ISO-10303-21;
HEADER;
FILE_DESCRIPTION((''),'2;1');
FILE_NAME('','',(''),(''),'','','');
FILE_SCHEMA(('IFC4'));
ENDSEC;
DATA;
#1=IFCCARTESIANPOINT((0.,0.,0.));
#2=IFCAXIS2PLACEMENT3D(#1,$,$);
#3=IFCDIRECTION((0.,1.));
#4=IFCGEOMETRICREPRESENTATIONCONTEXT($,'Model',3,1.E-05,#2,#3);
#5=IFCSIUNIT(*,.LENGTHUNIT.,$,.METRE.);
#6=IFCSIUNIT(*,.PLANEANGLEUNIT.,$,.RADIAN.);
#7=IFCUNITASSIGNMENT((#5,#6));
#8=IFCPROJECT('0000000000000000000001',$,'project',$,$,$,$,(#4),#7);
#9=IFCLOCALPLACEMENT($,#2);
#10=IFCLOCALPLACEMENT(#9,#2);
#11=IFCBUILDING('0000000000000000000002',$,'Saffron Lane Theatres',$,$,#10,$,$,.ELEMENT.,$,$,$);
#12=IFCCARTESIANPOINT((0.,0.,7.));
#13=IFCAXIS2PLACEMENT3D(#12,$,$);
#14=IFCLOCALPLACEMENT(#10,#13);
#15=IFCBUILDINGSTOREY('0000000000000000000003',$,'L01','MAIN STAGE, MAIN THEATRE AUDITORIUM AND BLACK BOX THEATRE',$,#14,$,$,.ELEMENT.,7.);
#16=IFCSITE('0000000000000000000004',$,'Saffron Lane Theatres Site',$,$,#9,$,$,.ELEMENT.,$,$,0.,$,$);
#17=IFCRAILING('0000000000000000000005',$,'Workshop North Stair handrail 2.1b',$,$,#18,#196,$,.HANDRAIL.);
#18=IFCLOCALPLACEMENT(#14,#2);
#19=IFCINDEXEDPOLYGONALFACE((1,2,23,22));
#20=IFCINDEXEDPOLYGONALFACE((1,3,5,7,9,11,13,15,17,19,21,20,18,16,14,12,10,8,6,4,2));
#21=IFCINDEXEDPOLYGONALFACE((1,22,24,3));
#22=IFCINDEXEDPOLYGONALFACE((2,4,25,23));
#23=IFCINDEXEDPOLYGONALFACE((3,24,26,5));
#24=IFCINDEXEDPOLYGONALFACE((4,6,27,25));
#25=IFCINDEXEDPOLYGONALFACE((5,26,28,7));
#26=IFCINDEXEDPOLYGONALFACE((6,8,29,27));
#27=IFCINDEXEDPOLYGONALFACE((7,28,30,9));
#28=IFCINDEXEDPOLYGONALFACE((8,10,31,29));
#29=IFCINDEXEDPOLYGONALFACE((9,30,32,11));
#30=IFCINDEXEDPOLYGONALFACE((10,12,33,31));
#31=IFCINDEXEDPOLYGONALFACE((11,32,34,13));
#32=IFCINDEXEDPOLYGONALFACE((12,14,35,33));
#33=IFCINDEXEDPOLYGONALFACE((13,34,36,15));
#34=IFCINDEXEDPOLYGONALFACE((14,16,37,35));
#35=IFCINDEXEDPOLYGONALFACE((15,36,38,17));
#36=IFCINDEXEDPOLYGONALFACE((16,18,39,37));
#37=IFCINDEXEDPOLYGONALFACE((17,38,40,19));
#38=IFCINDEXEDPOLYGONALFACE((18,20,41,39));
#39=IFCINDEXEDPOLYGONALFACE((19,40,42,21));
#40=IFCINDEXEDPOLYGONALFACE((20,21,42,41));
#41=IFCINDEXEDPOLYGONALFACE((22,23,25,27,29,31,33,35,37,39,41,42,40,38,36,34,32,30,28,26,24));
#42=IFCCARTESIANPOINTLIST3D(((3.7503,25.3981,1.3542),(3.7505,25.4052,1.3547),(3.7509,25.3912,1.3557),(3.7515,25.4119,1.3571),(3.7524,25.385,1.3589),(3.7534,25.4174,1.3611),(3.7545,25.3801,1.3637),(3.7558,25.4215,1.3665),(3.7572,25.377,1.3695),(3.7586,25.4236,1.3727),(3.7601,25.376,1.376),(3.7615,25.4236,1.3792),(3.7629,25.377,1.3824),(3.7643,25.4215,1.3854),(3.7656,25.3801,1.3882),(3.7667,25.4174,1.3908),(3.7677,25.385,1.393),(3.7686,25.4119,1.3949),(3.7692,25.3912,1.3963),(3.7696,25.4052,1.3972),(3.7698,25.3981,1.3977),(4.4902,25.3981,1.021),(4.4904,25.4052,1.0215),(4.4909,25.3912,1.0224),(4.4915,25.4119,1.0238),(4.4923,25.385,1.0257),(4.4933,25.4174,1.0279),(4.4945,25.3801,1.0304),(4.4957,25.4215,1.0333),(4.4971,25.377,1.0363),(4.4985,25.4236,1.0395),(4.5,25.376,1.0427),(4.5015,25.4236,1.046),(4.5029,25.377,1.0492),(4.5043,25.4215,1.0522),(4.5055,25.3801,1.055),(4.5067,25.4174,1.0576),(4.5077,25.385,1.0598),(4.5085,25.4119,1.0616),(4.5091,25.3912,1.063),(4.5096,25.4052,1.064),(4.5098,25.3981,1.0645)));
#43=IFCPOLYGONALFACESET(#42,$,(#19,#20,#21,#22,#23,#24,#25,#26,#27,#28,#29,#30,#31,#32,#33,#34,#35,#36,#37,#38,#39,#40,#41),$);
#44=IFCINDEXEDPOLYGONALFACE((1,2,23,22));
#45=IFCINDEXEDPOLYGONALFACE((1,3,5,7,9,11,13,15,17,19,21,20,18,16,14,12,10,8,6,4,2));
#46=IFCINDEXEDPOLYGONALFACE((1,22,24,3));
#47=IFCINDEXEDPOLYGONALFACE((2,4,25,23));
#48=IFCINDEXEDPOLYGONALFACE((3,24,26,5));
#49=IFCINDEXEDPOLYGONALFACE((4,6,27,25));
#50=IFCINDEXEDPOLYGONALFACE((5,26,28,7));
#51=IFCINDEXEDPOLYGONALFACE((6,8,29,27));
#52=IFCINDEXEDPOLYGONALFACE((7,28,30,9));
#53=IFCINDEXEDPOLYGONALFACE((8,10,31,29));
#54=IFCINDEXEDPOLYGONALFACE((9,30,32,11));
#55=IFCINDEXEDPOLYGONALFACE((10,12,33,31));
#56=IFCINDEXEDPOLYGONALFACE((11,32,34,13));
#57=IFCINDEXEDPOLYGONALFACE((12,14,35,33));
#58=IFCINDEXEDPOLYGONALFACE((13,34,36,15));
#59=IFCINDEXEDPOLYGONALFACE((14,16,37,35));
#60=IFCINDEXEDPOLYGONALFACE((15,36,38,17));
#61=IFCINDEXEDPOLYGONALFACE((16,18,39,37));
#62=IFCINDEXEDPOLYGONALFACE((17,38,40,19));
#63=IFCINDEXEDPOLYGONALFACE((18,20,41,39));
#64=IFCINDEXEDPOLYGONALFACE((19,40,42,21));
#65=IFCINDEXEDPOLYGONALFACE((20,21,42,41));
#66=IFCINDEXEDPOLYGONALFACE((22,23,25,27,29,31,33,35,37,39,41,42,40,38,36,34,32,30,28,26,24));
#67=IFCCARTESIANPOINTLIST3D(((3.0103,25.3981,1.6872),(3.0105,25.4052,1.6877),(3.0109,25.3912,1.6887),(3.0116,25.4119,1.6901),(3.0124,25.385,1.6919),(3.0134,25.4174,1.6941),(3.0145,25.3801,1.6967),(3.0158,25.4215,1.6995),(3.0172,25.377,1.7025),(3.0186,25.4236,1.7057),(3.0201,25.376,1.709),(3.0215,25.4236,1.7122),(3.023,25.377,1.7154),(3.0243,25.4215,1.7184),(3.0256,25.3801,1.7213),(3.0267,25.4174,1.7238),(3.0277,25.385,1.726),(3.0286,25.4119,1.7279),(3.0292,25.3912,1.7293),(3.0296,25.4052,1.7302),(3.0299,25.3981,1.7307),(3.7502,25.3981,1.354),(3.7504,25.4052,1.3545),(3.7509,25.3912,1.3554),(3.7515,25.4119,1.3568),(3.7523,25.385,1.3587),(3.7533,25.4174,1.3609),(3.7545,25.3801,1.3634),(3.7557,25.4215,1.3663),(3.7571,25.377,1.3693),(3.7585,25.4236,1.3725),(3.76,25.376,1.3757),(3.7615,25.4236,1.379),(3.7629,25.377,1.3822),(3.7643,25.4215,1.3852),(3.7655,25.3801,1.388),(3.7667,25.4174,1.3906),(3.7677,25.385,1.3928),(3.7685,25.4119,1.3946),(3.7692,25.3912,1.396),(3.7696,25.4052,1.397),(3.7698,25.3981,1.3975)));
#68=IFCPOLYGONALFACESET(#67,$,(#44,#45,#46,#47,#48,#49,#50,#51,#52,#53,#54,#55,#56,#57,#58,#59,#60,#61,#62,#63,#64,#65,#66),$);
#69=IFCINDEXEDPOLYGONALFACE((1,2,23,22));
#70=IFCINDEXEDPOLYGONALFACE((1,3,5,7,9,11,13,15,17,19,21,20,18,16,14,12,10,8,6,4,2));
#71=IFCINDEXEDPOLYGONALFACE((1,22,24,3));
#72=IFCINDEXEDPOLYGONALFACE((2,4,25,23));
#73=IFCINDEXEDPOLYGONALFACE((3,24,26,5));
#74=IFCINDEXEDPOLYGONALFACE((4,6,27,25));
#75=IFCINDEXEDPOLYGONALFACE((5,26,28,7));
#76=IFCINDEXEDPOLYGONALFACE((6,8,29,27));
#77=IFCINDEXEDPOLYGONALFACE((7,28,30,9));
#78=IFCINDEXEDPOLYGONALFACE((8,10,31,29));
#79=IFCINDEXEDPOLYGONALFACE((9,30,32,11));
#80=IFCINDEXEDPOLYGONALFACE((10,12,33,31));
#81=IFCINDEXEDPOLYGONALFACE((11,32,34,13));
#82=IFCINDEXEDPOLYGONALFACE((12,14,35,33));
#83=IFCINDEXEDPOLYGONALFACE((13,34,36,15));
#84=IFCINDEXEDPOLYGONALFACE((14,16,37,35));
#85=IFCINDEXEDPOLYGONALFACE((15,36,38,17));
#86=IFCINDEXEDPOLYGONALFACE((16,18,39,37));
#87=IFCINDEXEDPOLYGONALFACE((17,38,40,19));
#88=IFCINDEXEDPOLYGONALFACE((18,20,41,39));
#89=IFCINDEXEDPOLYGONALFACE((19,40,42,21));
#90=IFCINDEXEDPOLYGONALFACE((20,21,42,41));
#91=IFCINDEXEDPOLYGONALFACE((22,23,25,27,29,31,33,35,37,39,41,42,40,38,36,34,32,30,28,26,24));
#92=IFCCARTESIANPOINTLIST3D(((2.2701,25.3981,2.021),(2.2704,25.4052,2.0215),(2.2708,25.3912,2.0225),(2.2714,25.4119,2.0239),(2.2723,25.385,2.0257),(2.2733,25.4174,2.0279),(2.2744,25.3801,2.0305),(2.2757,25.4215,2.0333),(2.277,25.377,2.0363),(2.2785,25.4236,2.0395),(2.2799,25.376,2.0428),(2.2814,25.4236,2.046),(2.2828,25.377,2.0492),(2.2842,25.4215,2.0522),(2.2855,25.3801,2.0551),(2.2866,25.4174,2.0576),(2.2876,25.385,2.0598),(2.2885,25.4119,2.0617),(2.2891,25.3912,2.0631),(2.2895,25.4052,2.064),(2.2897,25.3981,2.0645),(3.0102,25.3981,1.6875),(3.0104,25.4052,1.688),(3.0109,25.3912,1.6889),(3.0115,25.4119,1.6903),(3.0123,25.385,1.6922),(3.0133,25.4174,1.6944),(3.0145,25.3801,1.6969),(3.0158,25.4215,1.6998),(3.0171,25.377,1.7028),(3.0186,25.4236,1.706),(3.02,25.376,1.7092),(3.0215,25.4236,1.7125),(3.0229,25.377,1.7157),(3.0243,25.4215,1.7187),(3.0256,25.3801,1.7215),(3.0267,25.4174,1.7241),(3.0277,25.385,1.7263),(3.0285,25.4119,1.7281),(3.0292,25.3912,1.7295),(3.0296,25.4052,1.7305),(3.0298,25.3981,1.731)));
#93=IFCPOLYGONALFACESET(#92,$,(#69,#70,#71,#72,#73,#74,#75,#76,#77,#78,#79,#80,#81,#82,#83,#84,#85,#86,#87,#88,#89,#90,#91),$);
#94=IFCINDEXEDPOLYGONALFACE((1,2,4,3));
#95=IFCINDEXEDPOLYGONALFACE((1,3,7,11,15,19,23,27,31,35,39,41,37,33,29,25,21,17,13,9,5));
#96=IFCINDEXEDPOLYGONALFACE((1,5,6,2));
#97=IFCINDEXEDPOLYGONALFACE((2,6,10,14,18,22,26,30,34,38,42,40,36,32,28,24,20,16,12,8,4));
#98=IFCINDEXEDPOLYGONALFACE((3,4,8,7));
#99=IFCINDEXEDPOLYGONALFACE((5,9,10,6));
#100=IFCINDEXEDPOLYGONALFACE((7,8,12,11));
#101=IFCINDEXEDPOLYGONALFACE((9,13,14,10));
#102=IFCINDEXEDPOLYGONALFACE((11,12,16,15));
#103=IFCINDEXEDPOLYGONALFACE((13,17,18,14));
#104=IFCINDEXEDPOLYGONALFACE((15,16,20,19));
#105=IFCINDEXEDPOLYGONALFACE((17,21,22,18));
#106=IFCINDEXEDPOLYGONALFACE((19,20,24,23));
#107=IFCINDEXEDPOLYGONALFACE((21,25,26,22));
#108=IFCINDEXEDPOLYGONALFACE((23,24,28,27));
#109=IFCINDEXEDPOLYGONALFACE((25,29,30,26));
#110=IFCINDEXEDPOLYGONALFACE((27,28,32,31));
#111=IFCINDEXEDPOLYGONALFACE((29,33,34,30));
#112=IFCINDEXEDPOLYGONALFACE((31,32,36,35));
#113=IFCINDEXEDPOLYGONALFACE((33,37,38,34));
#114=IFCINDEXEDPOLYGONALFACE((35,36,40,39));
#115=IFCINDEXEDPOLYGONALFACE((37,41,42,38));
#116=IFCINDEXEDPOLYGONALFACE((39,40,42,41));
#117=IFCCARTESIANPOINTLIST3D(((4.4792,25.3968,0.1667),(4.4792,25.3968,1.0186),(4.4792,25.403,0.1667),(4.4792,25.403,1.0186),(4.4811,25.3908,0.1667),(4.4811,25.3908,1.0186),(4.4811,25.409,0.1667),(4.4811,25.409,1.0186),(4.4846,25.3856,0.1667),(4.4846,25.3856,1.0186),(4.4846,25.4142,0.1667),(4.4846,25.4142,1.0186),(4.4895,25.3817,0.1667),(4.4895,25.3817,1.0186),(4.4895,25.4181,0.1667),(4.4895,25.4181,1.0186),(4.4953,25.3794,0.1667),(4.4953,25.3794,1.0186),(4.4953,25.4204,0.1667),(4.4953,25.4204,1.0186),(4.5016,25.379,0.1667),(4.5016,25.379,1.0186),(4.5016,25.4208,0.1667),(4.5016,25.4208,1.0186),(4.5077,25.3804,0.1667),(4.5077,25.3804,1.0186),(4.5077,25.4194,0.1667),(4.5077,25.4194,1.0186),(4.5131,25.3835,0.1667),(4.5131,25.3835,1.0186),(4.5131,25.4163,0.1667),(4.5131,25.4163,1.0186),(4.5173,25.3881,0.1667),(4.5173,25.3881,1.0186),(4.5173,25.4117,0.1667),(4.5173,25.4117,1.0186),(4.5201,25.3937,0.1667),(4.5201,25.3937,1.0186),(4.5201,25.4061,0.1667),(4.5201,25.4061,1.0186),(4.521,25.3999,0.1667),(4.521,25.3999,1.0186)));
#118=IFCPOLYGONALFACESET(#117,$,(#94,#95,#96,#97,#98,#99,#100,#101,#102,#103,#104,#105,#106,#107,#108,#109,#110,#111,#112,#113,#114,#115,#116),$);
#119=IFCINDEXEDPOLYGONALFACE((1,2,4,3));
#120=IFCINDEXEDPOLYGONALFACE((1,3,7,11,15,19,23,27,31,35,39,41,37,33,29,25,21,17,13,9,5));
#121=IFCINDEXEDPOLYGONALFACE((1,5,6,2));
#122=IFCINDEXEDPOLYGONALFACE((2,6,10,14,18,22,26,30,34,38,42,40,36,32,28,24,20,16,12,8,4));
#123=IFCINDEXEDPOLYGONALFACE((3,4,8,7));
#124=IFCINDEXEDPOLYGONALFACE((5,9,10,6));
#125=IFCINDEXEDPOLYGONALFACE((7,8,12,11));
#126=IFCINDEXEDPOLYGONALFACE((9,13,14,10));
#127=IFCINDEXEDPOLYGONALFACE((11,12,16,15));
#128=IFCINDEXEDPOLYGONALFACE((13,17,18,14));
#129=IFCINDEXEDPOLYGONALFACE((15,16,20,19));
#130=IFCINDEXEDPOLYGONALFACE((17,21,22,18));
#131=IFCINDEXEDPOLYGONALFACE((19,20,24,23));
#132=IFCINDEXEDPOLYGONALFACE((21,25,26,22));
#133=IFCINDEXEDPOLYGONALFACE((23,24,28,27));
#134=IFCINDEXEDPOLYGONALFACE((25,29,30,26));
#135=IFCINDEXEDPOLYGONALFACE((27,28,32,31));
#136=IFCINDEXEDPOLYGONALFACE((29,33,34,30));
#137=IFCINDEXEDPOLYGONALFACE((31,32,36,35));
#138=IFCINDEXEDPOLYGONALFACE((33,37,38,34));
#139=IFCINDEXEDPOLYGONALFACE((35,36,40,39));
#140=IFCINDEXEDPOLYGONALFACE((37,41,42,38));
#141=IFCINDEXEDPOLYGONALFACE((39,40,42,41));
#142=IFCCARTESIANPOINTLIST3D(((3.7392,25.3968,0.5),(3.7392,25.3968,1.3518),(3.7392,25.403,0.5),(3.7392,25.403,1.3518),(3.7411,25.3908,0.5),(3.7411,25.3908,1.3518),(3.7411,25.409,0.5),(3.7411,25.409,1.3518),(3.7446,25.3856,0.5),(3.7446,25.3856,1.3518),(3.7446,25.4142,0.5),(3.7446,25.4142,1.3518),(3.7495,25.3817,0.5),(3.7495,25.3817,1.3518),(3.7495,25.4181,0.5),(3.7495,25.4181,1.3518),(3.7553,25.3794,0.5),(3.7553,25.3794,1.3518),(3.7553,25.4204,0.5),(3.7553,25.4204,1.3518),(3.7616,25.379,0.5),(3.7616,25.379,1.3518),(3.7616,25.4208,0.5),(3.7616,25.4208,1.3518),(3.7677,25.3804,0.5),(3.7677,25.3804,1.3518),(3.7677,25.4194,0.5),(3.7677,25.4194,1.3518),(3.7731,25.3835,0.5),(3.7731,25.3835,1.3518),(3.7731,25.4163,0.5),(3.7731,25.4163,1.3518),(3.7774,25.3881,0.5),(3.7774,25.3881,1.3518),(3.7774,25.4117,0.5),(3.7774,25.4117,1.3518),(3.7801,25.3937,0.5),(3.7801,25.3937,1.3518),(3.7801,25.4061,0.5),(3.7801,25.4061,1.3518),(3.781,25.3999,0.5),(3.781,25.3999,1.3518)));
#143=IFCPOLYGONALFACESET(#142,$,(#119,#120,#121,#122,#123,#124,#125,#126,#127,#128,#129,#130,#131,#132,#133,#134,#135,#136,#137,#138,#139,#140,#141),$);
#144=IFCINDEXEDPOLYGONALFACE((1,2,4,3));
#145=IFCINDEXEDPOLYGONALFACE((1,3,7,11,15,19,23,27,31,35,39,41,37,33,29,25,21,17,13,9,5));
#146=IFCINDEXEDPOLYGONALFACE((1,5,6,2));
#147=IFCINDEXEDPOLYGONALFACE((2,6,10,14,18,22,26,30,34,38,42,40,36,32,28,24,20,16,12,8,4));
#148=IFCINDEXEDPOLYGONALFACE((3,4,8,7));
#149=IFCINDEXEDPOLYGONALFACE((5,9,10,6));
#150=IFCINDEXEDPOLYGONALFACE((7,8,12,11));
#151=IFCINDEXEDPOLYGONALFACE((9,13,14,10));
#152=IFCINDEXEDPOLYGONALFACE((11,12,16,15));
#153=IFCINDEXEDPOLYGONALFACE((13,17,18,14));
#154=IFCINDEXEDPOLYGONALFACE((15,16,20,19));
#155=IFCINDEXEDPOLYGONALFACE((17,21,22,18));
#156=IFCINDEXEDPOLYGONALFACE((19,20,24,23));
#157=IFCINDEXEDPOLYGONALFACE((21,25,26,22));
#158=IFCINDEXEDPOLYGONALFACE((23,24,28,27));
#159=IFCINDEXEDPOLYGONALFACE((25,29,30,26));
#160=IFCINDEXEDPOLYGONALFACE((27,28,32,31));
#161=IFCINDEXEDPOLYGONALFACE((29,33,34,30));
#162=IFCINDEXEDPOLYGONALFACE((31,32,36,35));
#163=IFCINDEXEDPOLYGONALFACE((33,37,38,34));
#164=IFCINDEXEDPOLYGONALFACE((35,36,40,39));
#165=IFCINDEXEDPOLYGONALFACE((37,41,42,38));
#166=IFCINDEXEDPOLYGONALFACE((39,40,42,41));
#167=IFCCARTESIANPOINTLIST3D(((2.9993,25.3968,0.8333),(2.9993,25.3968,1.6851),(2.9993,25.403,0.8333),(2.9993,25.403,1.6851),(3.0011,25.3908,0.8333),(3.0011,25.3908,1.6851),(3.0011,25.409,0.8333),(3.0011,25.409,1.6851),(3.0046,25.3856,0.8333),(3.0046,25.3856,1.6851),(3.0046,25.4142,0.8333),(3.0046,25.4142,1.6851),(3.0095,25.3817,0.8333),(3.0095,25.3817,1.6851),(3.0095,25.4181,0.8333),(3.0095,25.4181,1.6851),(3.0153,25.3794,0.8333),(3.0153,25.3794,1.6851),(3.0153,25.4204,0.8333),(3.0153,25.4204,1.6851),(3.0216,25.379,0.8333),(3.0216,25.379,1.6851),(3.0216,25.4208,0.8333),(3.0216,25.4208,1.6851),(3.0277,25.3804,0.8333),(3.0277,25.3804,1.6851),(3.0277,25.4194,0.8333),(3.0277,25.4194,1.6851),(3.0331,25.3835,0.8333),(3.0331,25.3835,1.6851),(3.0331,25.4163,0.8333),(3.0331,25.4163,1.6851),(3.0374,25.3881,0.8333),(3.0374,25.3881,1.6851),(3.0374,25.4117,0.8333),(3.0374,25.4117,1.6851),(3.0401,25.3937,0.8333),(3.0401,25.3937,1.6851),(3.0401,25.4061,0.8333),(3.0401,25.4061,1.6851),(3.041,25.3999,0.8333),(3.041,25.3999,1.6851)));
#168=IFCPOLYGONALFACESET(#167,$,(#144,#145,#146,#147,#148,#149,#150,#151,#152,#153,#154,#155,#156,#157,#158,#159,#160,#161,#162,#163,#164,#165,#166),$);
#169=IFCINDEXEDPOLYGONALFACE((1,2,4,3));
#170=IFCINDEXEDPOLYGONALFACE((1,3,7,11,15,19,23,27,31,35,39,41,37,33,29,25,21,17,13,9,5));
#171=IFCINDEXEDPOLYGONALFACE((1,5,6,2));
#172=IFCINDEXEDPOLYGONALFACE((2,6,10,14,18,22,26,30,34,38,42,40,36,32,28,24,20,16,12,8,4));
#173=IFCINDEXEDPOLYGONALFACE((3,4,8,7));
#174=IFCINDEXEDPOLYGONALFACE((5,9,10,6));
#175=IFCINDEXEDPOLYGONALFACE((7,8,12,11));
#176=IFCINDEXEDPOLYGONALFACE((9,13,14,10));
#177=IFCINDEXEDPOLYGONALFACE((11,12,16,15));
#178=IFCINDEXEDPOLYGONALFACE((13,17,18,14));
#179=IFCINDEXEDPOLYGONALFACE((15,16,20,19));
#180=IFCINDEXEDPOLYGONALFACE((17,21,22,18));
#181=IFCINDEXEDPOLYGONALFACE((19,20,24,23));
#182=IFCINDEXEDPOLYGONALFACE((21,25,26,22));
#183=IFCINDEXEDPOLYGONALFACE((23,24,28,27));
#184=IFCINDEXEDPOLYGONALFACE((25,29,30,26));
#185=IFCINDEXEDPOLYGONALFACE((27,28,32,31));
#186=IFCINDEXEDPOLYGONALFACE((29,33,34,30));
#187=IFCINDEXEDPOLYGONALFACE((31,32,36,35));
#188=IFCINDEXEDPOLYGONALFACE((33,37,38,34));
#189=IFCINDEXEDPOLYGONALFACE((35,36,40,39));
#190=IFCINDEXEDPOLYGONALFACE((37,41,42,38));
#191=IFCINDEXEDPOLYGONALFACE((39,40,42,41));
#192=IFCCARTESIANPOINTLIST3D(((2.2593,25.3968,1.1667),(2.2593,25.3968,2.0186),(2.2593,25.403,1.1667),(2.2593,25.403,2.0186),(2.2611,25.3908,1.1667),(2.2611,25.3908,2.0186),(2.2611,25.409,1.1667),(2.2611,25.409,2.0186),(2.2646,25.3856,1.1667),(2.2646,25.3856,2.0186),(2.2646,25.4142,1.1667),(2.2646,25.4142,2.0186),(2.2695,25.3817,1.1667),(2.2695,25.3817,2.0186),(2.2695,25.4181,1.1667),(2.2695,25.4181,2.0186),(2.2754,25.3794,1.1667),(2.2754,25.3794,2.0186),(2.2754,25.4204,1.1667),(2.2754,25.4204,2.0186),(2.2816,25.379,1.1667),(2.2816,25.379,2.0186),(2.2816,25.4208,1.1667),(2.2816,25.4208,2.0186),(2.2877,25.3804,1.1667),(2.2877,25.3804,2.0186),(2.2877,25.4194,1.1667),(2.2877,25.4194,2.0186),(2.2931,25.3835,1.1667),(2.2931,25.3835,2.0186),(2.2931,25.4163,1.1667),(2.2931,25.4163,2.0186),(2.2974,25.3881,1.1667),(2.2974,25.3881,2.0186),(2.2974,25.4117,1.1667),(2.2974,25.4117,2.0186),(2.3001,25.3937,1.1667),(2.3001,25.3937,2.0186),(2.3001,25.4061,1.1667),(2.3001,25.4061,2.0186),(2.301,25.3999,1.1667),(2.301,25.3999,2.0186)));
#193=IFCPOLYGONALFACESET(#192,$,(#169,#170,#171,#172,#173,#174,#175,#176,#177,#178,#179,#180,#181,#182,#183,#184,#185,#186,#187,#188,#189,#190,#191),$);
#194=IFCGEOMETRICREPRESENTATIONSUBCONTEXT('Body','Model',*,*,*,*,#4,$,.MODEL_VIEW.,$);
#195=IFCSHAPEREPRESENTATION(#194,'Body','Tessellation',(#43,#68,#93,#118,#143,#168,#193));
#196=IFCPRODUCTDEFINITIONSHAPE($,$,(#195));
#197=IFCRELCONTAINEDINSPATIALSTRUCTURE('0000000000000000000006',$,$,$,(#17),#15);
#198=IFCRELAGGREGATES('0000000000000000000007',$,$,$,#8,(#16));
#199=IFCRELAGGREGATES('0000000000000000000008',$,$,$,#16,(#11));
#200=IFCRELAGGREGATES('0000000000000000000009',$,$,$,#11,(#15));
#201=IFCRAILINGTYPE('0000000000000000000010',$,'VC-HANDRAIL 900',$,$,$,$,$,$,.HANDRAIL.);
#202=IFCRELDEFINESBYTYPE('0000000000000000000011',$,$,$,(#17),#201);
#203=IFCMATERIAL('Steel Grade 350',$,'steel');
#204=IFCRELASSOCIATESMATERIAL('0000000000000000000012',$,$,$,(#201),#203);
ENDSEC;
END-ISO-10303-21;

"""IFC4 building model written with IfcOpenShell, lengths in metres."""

from ifc_helpers import new_model, si_unit, direction, frame, origin, origin_2d, place, context, subcontext, project, spatial, circle, extrude, material, type_object, element, save


model = new_model("IFC4")

# Units and contexts
model_context = context("Model", 3, precision=1e-05, world=origin(), true_north=direction((0.0, 1.0)))
body_context = subcontext(model_context, "Body", "Model", "MODEL_VIEW")
ifc_project = project(units=[si_unit("LENGTHUNIT", "METRE"), si_unit("PLANEANGLEUNIT", "RADIAN")], contexts=[model_context])

# Site, building, storey
site_placement = place(None, origin())
site = spatial("IfcSite", under=ifc_project, at=site_placement, Name="Saffron Lane Theatres Site", CompositionType="ELEMENT", RefElevation=0.0)
building_placement = place(site_placement, origin())
building = spatial("IfcBuilding", under=site, at=building_placement, Name="Saffron Lane Theatres", CompositionType="ELEMENT")
storey_placement = place(building_placement, frame((0.0, 0.0, 7.0)))
storey = spatial("IfcBuildingStorey", under=building, at=storey_placement, Name="L01", Description="MAIN STAGE, MAIN THEATRE AUDITORIUM AND BLACK BOX THEATRE", CompositionType="ELEMENT", Elevation=7.0)

# Railing
ifc_material_1 = material(Name="Steel Grade 350", Category="steel")
railing_type_1 = type_object("IfcRailingType", Name="VC-HANDRAIL 900", PredefinedType="HANDRAIL", material=ifc_material_1)
for number, where, name in (
    (1, (4.5, 25.3999, 0.1667), "Workshop North Stair handrail 2.1b"),
):
    element("IfcRailing", number, at=place(storey_placement, frame(where)), inside=storey, type_object=railing_type_1, Name=name, PredefinedType="HANDRAIL", context=body_context, shape_type="SweptSolid", body=[
        extrude(circle(Radius=0.0239, at=origin_2d()), frame((0.0, 0.0, 0.876), z_axis=(-0.911803, 0.0, 0.410627), x_axis=(0.0, -1.0, 0.0)), (0.0, 0.0, 1.0), 0.8115),
        extrude(circle(Radius=0.0239, at=origin_2d()), frame((-0.74, 0.0, 1.209), z_axis=(-0.911803, 0.0, 0.410627), x_axis=(0.0, -1.0, 0.0)), (0.0, 0.0, 1.0), 0.8115),
        extrude(circle(Radius=0.0239, at=origin_2d()), frame((-1.48, 0.0, 1.5425), z_axis=(-0.911691, 0.0, 0.410877), x_axis=(0.0, -1.0, 0.0)), (0.0, 0.0, 1.0), 0.8118),
        extrude(circle(Radius=0.021, at=origin_2d()), origin(), (0.0, 0.0, 1.0), 0.8518),
        extrude(circle(Radius=0.021, at=origin_2d()), frame((-0.74, 0.0, 0.3333)), (0.0, 0.0, 1.0), 0.8518),
        extrude(circle(Radius=0.021, at=origin_2d()), frame((-1.48, 0.0, 0.6665)), (0.0, 0.0, 1.0), 0.8518),
        extrude(circle(Radius=0.021, at=origin_2d()), frame((-2.22, 0.0, 1.0)), (0.0, 0.0, 1.0), 0.8518),
    ])

save(model, "model.ifc")
